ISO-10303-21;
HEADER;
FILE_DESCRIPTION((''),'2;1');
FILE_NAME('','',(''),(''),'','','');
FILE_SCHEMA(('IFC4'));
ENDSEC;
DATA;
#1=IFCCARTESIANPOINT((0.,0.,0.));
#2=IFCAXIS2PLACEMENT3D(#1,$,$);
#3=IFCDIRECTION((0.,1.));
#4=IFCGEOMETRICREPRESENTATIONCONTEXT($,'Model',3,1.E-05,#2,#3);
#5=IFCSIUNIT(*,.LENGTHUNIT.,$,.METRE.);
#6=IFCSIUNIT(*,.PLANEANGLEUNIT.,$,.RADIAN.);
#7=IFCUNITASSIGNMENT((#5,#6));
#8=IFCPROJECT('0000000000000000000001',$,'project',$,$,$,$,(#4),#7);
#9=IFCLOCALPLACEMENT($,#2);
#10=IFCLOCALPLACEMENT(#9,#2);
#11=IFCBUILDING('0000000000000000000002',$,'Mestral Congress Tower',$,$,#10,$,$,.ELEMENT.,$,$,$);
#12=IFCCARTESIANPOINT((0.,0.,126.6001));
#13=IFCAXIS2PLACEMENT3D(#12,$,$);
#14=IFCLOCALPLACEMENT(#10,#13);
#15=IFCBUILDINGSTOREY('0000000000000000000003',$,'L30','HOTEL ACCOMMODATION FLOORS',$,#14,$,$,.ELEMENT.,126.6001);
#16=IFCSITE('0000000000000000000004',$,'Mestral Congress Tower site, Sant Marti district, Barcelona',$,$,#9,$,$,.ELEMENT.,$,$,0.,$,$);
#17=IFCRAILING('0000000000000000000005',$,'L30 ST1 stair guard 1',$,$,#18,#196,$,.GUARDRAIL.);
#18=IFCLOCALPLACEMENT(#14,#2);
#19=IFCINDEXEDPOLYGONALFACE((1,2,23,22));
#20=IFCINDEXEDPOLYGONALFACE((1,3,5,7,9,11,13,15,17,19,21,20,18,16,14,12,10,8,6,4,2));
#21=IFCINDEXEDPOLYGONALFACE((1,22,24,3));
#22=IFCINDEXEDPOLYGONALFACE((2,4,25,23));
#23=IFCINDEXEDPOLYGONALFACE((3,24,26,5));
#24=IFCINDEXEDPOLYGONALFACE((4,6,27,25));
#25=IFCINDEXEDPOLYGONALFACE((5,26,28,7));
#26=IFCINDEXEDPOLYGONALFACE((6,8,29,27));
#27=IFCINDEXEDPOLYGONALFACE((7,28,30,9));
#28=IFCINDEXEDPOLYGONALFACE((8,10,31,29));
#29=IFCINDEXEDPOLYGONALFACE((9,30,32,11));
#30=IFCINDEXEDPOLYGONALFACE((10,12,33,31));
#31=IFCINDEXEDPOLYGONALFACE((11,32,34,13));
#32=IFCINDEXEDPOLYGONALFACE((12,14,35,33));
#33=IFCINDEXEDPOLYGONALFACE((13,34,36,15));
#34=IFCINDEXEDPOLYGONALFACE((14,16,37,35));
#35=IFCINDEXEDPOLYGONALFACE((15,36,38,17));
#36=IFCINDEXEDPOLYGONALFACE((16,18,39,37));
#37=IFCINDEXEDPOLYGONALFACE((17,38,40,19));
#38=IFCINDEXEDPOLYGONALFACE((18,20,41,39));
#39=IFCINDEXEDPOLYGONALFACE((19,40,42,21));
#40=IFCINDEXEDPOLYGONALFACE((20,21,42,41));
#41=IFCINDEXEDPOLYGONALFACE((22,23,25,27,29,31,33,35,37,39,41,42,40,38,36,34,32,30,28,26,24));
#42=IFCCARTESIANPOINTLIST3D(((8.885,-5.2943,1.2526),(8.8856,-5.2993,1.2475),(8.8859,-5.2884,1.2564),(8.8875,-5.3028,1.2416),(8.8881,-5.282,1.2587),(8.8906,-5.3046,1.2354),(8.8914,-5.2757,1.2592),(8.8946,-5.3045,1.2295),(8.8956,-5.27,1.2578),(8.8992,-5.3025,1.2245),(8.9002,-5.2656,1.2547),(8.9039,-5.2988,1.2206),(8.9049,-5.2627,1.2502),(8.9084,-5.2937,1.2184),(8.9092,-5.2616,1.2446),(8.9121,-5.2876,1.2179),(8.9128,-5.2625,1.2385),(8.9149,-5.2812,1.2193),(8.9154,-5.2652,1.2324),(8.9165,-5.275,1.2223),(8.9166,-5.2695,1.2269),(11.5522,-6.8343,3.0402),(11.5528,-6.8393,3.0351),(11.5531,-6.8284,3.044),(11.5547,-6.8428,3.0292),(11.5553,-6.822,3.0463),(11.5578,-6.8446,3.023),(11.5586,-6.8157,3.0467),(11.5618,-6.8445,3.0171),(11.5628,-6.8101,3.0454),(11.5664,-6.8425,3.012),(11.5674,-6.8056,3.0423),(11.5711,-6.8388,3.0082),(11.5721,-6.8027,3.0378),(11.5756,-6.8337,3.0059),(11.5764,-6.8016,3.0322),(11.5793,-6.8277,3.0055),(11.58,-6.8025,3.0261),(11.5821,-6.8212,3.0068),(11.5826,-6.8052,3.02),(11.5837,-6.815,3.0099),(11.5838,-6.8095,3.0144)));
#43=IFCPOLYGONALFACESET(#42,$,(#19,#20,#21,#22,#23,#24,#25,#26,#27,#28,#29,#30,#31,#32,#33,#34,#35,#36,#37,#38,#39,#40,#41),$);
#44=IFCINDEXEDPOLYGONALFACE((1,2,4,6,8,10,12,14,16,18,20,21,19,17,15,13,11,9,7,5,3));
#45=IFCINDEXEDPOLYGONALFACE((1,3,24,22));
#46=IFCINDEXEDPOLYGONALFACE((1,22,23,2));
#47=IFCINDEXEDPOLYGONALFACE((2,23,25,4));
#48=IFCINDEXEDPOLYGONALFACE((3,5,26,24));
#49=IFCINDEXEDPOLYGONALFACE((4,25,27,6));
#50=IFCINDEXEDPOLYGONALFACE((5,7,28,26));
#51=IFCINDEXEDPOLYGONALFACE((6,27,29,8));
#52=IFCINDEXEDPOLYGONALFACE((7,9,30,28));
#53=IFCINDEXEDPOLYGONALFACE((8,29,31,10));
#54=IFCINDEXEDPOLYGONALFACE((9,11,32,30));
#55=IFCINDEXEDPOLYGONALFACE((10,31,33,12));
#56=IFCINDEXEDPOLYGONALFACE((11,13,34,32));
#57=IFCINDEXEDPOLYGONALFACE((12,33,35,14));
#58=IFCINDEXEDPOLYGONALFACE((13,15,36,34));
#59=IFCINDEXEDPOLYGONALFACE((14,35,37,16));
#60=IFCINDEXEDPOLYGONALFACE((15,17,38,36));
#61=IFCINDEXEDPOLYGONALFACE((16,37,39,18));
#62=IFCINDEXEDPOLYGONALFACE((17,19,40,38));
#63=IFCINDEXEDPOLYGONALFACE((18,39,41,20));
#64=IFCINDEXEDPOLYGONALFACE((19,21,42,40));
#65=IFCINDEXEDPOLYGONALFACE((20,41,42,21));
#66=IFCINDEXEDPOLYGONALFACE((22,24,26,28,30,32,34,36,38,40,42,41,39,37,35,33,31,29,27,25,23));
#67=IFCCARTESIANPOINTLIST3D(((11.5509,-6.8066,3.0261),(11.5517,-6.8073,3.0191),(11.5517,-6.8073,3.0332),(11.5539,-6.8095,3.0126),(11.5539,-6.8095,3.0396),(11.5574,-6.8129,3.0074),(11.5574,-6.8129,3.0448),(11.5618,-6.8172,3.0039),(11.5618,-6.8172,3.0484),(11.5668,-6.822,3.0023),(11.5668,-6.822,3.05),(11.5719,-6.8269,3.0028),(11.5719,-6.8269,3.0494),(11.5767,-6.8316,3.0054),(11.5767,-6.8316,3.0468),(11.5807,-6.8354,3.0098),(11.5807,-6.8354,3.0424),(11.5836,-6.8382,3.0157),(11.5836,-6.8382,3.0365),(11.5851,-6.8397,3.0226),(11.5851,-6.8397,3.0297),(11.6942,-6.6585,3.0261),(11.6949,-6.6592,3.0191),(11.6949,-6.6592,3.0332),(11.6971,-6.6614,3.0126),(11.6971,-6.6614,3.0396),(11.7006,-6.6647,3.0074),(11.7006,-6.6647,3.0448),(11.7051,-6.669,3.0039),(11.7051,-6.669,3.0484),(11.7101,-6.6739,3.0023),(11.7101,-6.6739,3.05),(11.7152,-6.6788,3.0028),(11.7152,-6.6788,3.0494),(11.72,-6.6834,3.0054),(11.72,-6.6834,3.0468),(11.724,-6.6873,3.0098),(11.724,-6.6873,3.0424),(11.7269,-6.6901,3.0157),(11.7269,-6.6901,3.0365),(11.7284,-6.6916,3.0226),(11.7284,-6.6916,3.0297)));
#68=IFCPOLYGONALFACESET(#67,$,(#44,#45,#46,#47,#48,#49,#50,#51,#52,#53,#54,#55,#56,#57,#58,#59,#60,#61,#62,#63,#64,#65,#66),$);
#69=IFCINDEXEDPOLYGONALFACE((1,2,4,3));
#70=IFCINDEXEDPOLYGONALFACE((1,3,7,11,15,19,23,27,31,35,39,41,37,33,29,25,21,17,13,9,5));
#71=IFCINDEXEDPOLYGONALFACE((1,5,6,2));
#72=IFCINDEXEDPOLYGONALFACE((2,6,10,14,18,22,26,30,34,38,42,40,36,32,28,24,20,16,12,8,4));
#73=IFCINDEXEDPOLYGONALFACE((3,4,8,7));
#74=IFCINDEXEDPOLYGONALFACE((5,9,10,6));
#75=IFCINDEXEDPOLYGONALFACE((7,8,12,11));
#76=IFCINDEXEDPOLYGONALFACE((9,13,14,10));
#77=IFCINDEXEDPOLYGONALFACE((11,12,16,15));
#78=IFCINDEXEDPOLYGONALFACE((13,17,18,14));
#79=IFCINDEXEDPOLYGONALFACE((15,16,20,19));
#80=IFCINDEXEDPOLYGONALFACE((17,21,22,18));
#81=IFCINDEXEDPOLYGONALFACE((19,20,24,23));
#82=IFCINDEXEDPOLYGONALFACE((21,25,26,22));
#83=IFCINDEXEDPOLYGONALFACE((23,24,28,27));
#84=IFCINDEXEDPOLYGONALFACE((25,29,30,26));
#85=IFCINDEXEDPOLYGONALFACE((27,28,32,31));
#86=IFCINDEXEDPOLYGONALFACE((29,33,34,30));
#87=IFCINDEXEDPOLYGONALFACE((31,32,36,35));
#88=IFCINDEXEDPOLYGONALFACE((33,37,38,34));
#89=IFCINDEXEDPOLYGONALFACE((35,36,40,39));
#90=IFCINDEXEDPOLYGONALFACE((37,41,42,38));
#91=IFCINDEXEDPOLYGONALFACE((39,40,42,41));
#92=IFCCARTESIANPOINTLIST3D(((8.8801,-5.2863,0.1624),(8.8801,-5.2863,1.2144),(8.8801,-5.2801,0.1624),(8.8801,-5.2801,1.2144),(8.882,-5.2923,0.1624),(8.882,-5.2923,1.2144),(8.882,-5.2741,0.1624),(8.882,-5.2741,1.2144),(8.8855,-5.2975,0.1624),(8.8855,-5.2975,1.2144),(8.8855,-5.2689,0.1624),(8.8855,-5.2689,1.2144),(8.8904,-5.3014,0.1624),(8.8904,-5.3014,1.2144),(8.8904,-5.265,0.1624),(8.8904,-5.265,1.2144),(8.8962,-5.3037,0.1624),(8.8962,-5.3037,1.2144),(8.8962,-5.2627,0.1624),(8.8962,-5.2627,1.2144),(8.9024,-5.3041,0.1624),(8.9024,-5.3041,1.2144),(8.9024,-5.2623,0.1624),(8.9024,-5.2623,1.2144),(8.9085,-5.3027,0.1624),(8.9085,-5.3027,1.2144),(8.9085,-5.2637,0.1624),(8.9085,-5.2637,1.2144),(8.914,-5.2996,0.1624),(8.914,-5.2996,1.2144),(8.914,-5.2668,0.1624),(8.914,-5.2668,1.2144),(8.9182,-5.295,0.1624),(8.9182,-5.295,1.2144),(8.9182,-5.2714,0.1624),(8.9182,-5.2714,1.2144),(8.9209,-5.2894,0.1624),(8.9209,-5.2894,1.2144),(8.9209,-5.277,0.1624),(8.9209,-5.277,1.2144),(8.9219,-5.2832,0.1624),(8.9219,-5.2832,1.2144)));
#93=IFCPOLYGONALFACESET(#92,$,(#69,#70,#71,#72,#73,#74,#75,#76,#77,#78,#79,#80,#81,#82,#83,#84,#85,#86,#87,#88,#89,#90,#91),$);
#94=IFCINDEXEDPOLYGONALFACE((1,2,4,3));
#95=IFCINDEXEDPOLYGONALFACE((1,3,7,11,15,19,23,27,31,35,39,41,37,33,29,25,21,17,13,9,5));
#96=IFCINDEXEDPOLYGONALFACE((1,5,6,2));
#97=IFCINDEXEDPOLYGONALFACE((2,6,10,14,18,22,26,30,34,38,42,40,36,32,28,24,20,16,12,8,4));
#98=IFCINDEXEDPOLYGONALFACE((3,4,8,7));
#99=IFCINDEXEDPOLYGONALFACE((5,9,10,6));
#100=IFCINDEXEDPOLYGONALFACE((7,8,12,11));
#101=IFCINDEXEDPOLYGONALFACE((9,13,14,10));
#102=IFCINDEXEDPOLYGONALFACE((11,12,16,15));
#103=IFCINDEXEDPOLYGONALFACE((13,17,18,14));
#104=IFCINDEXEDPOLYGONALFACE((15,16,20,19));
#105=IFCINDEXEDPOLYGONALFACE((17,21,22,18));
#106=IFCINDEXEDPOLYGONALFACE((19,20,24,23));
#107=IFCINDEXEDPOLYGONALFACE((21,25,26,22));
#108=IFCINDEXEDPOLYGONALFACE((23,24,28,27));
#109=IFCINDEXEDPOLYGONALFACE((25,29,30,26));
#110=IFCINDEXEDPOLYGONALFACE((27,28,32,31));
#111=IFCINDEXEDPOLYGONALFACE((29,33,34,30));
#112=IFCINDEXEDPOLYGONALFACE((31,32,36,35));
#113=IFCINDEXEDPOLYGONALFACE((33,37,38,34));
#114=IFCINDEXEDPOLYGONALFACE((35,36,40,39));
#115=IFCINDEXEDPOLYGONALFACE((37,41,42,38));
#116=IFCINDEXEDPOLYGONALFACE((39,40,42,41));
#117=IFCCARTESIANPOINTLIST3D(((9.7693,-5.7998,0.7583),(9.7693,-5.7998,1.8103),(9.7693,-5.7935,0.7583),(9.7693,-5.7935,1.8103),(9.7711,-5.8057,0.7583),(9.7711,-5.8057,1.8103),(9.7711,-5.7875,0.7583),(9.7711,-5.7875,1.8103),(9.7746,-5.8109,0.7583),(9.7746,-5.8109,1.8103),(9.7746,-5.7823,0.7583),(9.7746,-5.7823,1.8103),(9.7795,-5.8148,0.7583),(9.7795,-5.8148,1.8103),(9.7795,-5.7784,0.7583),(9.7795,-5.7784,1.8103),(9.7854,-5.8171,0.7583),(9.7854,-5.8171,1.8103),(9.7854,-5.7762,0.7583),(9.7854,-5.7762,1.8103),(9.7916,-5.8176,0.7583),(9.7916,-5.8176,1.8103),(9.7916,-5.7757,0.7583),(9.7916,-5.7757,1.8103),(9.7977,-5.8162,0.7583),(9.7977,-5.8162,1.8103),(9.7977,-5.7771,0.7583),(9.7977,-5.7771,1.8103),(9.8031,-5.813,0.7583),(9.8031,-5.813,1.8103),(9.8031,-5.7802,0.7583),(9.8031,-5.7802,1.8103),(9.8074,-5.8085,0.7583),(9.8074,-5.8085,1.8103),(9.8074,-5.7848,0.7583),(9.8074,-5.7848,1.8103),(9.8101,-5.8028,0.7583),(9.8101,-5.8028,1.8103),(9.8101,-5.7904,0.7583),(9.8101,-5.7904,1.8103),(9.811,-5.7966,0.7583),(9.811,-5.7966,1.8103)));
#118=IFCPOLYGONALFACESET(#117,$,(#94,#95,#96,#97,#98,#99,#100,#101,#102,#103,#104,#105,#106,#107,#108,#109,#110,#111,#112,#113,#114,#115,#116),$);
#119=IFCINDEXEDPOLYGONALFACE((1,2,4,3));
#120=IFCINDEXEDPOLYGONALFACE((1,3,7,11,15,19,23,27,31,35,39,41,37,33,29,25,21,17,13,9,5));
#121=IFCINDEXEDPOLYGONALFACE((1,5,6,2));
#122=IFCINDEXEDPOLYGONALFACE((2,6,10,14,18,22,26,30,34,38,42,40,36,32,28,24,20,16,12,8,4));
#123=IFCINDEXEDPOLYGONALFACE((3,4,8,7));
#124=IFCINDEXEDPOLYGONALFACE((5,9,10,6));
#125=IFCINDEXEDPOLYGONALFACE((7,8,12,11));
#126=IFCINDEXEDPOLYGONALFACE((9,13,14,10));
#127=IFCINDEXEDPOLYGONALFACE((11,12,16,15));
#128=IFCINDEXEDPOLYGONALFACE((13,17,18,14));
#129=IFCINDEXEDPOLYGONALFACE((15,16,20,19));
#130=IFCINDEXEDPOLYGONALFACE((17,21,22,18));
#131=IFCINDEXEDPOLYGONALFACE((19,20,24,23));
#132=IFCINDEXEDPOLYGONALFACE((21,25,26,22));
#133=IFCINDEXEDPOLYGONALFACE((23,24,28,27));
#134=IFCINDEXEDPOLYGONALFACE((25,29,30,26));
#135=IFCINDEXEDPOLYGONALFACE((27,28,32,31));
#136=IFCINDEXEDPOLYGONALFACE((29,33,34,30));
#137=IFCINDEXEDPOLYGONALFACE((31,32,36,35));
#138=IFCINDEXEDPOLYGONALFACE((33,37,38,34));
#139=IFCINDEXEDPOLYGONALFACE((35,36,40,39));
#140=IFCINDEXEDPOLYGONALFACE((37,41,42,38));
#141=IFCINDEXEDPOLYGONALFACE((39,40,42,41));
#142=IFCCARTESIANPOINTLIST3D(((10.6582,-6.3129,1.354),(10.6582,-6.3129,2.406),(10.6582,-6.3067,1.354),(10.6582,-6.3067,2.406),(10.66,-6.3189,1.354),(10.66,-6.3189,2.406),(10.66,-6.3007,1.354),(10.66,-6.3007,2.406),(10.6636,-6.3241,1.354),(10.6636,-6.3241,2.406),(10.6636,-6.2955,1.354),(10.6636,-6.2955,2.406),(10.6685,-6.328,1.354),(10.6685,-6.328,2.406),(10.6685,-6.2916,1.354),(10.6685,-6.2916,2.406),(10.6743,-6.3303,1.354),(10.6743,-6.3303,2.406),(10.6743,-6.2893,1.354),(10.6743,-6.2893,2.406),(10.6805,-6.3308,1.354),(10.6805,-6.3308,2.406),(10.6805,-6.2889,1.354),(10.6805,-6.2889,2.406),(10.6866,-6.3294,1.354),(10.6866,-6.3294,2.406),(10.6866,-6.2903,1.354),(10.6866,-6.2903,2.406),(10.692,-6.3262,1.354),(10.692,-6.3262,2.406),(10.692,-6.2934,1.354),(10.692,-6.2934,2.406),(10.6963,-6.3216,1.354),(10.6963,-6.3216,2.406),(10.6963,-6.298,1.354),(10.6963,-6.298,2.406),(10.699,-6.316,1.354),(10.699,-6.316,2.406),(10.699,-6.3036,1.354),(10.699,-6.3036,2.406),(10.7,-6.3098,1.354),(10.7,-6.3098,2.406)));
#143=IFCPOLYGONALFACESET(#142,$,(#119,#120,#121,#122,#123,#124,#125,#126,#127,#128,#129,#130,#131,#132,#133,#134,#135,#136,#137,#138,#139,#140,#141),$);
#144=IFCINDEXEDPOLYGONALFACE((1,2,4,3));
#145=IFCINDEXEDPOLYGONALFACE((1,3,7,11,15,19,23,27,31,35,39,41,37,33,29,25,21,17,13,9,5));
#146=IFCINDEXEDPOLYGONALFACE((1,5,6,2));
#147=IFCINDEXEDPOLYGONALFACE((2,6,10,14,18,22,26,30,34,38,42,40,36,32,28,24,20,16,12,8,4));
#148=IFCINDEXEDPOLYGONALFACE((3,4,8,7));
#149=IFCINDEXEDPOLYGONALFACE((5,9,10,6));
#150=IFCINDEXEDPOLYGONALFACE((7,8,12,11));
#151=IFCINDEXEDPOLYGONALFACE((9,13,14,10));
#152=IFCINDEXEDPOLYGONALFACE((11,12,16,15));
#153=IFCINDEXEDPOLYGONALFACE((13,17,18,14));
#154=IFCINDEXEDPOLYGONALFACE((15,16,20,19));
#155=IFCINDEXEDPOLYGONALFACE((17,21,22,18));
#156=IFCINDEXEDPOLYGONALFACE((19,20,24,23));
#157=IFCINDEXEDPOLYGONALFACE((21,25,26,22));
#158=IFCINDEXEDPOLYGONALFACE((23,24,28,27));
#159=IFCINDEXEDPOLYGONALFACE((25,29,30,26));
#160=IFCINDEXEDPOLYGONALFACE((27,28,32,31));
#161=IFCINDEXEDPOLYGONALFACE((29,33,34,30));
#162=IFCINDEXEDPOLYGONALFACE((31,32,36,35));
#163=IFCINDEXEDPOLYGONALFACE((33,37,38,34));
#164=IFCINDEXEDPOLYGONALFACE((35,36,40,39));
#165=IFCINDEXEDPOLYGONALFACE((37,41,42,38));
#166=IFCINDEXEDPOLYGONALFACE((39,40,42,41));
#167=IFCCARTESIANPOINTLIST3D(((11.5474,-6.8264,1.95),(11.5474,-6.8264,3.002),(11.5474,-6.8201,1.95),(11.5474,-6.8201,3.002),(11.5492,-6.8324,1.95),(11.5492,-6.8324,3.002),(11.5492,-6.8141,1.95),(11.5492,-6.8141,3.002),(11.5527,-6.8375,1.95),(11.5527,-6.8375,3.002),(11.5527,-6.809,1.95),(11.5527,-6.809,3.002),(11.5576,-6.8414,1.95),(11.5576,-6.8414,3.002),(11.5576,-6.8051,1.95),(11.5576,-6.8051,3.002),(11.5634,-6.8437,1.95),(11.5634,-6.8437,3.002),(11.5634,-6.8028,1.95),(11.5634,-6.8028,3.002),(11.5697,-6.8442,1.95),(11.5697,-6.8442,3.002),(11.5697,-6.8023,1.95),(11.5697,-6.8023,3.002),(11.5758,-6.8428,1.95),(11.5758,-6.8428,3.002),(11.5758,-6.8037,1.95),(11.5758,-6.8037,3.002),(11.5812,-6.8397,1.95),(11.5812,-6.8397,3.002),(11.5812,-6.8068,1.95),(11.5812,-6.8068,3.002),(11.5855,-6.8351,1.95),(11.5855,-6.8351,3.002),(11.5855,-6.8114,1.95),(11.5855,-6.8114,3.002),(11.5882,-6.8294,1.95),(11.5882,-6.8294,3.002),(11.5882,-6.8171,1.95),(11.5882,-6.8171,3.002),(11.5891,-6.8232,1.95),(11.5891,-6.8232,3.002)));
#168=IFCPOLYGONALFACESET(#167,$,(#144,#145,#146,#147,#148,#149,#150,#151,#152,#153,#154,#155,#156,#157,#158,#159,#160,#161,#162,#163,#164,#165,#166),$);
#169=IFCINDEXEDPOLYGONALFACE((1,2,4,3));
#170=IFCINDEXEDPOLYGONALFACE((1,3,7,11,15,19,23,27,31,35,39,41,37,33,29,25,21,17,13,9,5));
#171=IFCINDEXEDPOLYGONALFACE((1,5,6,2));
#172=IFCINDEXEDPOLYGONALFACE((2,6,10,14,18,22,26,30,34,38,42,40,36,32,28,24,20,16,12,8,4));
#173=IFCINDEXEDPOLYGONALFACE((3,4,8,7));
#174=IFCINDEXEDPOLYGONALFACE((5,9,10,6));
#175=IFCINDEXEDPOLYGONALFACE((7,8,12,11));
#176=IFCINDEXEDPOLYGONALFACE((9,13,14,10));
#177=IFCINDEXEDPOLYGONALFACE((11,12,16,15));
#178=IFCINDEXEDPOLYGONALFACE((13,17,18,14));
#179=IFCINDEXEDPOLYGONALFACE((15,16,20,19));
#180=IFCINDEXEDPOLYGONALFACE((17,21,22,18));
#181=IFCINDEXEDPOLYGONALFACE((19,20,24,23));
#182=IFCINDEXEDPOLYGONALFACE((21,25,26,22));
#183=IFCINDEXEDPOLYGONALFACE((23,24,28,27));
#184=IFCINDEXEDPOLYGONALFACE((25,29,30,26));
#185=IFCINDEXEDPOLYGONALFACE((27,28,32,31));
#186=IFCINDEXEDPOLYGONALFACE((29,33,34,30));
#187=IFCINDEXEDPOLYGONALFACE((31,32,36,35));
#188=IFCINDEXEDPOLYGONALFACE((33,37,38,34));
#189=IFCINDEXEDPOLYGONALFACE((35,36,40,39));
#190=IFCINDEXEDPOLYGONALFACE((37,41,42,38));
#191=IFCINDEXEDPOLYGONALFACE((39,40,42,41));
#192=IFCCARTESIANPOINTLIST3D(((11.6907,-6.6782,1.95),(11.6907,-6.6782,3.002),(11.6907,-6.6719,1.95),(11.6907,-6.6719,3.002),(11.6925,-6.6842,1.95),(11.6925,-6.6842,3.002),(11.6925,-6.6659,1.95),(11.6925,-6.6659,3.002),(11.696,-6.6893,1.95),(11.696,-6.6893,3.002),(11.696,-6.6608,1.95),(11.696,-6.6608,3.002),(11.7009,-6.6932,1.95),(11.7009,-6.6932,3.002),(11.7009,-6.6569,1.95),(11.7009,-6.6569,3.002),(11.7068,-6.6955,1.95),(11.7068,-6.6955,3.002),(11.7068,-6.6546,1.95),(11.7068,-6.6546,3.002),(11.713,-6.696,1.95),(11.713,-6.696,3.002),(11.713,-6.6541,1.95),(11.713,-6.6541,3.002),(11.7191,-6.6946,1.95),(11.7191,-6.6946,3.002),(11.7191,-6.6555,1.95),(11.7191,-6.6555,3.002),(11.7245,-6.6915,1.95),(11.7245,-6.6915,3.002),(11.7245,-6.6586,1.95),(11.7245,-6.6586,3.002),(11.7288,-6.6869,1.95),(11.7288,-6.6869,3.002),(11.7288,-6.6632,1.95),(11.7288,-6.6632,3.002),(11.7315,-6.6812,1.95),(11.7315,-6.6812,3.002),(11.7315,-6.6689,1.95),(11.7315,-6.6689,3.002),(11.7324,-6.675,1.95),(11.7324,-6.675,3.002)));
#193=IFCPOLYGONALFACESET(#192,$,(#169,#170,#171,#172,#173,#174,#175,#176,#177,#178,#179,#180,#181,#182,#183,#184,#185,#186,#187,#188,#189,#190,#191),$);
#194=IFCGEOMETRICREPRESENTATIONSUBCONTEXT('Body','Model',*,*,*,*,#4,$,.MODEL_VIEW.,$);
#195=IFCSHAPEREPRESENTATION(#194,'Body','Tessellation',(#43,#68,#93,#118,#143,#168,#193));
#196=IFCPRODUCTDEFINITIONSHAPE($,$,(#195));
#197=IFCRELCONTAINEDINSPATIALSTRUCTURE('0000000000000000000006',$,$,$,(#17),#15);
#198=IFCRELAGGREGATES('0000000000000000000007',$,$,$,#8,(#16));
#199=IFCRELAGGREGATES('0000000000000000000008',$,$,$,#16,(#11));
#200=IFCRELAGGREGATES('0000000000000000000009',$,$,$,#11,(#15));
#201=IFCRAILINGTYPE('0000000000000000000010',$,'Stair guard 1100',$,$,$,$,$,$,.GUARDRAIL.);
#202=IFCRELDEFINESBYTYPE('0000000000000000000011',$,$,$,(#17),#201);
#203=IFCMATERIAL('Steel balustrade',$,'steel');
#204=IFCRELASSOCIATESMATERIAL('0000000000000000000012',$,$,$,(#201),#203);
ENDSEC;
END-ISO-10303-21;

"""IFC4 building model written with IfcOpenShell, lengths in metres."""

from ifc_helpers import new_model, si_unit, direction, frame, origin, origin_2d, place, context, subcontext, project, spatial, circle, extrude, material, type_object, element, save


model = new_model("IFC4")

# Units and contexts
model_context = context("Model", 3, precision=1e-05, world=origin(), true_north=direction((0.0, 1.0)))
body_context = subcontext(model_context, "Body", "Model", "MODEL_VIEW")
ifc_project = project(units=[si_unit("LENGTHUNIT", "METRE"), si_unit("PLANEANGLEUNIT", "RADIAN")], contexts=[model_context])

# Site, building, storey
site_placement = place(None, origin())
site = spatial("IfcSite", under=ifc_project, at=site_placement, Name="Mestral Congress Tower site, Sant Marti district, Barcelona", CompositionType="ELEMENT", RefElevation=0.0)
building_placement = place(site_placement, origin())
building = spatial("IfcBuilding", under=site, at=building_placement, Name="Mestral Congress Tower", CompositionType="ELEMENT")
storey_placement = place(building_placement, frame((0.0, 0.0, 126.6001)))
storey = spatial("IfcBuildingStorey", under=building, at=storey_placement, Name="L30", Description="HOTEL ACCOMMODATION FLOORS", CompositionType="ELEMENT", Elevation=126.6001)

# Railing
ifc_material_1 = material(Name="Steel balustrade", Category="steel")
railing_type_1 = type_object("IfcRailingType", Name="Stair guard 1100", PredefinedType="GUARDRAIL", material=ifc_material_1)
railing_1_placement = place(storey_placement, frame((8.9009, -5.2832, 0.1624)))
element("IfcRailing", 1, at=railing_1_placement, inside=storey, type_object=railing_type_1, Name="L30 ST1 stair guard 1", PredefinedType="GUARDRAIL", context=body_context, shape_type="SweptSolid", body=[
    extrude(circle(Radius=0.0239, at=origin_2d()), frame((0.0, 0.0, 1.0762), z_axis=(0.748994, -0.432463, 0.50198), x_axis=(0.500027, 0.86601, 0.0)), (0.0, 0.0, 1.0), 3.561),
    extrude(circle(Radius=0.0239, at=origin_2d()), frame((2.6672, -1.54, 2.8638), z_axis=(0.695165, 0.71885, 0.0), x_axis=(-0.71885, 0.695165, 0.0)), (0.0, 0.0, 1.0), 0.2061),
    extrude(circle(Radius=0.021, at=origin_2d()), origin(), (0.0, 0.0, 1.0), 1.052),
    extrude(circle(Radius=0.021, at=origin_2d()), frame((0.8892, -0.5134, 0.5959)), (0.0, 0.0, 1.0), 1.052),
    extrude(circle(Radius=0.021, at=origin_2d()), frame((1.7781, -1.0266, 1.1917)), (0.0, 0.0, 1.0), 1.052),
    extrude(circle(Radius=0.021, at=origin_2d()), frame((2.6672, -1.54, 1.7876)), (0.0, 0.0, 1.0), 1.052),
    extrude(circle(Radius=0.021, at=origin_2d()), frame((2.8105, -1.3918, 1.7876)), (0.0, 0.0, 1.0), 1.052),
])

save(model, "model.ifc")
